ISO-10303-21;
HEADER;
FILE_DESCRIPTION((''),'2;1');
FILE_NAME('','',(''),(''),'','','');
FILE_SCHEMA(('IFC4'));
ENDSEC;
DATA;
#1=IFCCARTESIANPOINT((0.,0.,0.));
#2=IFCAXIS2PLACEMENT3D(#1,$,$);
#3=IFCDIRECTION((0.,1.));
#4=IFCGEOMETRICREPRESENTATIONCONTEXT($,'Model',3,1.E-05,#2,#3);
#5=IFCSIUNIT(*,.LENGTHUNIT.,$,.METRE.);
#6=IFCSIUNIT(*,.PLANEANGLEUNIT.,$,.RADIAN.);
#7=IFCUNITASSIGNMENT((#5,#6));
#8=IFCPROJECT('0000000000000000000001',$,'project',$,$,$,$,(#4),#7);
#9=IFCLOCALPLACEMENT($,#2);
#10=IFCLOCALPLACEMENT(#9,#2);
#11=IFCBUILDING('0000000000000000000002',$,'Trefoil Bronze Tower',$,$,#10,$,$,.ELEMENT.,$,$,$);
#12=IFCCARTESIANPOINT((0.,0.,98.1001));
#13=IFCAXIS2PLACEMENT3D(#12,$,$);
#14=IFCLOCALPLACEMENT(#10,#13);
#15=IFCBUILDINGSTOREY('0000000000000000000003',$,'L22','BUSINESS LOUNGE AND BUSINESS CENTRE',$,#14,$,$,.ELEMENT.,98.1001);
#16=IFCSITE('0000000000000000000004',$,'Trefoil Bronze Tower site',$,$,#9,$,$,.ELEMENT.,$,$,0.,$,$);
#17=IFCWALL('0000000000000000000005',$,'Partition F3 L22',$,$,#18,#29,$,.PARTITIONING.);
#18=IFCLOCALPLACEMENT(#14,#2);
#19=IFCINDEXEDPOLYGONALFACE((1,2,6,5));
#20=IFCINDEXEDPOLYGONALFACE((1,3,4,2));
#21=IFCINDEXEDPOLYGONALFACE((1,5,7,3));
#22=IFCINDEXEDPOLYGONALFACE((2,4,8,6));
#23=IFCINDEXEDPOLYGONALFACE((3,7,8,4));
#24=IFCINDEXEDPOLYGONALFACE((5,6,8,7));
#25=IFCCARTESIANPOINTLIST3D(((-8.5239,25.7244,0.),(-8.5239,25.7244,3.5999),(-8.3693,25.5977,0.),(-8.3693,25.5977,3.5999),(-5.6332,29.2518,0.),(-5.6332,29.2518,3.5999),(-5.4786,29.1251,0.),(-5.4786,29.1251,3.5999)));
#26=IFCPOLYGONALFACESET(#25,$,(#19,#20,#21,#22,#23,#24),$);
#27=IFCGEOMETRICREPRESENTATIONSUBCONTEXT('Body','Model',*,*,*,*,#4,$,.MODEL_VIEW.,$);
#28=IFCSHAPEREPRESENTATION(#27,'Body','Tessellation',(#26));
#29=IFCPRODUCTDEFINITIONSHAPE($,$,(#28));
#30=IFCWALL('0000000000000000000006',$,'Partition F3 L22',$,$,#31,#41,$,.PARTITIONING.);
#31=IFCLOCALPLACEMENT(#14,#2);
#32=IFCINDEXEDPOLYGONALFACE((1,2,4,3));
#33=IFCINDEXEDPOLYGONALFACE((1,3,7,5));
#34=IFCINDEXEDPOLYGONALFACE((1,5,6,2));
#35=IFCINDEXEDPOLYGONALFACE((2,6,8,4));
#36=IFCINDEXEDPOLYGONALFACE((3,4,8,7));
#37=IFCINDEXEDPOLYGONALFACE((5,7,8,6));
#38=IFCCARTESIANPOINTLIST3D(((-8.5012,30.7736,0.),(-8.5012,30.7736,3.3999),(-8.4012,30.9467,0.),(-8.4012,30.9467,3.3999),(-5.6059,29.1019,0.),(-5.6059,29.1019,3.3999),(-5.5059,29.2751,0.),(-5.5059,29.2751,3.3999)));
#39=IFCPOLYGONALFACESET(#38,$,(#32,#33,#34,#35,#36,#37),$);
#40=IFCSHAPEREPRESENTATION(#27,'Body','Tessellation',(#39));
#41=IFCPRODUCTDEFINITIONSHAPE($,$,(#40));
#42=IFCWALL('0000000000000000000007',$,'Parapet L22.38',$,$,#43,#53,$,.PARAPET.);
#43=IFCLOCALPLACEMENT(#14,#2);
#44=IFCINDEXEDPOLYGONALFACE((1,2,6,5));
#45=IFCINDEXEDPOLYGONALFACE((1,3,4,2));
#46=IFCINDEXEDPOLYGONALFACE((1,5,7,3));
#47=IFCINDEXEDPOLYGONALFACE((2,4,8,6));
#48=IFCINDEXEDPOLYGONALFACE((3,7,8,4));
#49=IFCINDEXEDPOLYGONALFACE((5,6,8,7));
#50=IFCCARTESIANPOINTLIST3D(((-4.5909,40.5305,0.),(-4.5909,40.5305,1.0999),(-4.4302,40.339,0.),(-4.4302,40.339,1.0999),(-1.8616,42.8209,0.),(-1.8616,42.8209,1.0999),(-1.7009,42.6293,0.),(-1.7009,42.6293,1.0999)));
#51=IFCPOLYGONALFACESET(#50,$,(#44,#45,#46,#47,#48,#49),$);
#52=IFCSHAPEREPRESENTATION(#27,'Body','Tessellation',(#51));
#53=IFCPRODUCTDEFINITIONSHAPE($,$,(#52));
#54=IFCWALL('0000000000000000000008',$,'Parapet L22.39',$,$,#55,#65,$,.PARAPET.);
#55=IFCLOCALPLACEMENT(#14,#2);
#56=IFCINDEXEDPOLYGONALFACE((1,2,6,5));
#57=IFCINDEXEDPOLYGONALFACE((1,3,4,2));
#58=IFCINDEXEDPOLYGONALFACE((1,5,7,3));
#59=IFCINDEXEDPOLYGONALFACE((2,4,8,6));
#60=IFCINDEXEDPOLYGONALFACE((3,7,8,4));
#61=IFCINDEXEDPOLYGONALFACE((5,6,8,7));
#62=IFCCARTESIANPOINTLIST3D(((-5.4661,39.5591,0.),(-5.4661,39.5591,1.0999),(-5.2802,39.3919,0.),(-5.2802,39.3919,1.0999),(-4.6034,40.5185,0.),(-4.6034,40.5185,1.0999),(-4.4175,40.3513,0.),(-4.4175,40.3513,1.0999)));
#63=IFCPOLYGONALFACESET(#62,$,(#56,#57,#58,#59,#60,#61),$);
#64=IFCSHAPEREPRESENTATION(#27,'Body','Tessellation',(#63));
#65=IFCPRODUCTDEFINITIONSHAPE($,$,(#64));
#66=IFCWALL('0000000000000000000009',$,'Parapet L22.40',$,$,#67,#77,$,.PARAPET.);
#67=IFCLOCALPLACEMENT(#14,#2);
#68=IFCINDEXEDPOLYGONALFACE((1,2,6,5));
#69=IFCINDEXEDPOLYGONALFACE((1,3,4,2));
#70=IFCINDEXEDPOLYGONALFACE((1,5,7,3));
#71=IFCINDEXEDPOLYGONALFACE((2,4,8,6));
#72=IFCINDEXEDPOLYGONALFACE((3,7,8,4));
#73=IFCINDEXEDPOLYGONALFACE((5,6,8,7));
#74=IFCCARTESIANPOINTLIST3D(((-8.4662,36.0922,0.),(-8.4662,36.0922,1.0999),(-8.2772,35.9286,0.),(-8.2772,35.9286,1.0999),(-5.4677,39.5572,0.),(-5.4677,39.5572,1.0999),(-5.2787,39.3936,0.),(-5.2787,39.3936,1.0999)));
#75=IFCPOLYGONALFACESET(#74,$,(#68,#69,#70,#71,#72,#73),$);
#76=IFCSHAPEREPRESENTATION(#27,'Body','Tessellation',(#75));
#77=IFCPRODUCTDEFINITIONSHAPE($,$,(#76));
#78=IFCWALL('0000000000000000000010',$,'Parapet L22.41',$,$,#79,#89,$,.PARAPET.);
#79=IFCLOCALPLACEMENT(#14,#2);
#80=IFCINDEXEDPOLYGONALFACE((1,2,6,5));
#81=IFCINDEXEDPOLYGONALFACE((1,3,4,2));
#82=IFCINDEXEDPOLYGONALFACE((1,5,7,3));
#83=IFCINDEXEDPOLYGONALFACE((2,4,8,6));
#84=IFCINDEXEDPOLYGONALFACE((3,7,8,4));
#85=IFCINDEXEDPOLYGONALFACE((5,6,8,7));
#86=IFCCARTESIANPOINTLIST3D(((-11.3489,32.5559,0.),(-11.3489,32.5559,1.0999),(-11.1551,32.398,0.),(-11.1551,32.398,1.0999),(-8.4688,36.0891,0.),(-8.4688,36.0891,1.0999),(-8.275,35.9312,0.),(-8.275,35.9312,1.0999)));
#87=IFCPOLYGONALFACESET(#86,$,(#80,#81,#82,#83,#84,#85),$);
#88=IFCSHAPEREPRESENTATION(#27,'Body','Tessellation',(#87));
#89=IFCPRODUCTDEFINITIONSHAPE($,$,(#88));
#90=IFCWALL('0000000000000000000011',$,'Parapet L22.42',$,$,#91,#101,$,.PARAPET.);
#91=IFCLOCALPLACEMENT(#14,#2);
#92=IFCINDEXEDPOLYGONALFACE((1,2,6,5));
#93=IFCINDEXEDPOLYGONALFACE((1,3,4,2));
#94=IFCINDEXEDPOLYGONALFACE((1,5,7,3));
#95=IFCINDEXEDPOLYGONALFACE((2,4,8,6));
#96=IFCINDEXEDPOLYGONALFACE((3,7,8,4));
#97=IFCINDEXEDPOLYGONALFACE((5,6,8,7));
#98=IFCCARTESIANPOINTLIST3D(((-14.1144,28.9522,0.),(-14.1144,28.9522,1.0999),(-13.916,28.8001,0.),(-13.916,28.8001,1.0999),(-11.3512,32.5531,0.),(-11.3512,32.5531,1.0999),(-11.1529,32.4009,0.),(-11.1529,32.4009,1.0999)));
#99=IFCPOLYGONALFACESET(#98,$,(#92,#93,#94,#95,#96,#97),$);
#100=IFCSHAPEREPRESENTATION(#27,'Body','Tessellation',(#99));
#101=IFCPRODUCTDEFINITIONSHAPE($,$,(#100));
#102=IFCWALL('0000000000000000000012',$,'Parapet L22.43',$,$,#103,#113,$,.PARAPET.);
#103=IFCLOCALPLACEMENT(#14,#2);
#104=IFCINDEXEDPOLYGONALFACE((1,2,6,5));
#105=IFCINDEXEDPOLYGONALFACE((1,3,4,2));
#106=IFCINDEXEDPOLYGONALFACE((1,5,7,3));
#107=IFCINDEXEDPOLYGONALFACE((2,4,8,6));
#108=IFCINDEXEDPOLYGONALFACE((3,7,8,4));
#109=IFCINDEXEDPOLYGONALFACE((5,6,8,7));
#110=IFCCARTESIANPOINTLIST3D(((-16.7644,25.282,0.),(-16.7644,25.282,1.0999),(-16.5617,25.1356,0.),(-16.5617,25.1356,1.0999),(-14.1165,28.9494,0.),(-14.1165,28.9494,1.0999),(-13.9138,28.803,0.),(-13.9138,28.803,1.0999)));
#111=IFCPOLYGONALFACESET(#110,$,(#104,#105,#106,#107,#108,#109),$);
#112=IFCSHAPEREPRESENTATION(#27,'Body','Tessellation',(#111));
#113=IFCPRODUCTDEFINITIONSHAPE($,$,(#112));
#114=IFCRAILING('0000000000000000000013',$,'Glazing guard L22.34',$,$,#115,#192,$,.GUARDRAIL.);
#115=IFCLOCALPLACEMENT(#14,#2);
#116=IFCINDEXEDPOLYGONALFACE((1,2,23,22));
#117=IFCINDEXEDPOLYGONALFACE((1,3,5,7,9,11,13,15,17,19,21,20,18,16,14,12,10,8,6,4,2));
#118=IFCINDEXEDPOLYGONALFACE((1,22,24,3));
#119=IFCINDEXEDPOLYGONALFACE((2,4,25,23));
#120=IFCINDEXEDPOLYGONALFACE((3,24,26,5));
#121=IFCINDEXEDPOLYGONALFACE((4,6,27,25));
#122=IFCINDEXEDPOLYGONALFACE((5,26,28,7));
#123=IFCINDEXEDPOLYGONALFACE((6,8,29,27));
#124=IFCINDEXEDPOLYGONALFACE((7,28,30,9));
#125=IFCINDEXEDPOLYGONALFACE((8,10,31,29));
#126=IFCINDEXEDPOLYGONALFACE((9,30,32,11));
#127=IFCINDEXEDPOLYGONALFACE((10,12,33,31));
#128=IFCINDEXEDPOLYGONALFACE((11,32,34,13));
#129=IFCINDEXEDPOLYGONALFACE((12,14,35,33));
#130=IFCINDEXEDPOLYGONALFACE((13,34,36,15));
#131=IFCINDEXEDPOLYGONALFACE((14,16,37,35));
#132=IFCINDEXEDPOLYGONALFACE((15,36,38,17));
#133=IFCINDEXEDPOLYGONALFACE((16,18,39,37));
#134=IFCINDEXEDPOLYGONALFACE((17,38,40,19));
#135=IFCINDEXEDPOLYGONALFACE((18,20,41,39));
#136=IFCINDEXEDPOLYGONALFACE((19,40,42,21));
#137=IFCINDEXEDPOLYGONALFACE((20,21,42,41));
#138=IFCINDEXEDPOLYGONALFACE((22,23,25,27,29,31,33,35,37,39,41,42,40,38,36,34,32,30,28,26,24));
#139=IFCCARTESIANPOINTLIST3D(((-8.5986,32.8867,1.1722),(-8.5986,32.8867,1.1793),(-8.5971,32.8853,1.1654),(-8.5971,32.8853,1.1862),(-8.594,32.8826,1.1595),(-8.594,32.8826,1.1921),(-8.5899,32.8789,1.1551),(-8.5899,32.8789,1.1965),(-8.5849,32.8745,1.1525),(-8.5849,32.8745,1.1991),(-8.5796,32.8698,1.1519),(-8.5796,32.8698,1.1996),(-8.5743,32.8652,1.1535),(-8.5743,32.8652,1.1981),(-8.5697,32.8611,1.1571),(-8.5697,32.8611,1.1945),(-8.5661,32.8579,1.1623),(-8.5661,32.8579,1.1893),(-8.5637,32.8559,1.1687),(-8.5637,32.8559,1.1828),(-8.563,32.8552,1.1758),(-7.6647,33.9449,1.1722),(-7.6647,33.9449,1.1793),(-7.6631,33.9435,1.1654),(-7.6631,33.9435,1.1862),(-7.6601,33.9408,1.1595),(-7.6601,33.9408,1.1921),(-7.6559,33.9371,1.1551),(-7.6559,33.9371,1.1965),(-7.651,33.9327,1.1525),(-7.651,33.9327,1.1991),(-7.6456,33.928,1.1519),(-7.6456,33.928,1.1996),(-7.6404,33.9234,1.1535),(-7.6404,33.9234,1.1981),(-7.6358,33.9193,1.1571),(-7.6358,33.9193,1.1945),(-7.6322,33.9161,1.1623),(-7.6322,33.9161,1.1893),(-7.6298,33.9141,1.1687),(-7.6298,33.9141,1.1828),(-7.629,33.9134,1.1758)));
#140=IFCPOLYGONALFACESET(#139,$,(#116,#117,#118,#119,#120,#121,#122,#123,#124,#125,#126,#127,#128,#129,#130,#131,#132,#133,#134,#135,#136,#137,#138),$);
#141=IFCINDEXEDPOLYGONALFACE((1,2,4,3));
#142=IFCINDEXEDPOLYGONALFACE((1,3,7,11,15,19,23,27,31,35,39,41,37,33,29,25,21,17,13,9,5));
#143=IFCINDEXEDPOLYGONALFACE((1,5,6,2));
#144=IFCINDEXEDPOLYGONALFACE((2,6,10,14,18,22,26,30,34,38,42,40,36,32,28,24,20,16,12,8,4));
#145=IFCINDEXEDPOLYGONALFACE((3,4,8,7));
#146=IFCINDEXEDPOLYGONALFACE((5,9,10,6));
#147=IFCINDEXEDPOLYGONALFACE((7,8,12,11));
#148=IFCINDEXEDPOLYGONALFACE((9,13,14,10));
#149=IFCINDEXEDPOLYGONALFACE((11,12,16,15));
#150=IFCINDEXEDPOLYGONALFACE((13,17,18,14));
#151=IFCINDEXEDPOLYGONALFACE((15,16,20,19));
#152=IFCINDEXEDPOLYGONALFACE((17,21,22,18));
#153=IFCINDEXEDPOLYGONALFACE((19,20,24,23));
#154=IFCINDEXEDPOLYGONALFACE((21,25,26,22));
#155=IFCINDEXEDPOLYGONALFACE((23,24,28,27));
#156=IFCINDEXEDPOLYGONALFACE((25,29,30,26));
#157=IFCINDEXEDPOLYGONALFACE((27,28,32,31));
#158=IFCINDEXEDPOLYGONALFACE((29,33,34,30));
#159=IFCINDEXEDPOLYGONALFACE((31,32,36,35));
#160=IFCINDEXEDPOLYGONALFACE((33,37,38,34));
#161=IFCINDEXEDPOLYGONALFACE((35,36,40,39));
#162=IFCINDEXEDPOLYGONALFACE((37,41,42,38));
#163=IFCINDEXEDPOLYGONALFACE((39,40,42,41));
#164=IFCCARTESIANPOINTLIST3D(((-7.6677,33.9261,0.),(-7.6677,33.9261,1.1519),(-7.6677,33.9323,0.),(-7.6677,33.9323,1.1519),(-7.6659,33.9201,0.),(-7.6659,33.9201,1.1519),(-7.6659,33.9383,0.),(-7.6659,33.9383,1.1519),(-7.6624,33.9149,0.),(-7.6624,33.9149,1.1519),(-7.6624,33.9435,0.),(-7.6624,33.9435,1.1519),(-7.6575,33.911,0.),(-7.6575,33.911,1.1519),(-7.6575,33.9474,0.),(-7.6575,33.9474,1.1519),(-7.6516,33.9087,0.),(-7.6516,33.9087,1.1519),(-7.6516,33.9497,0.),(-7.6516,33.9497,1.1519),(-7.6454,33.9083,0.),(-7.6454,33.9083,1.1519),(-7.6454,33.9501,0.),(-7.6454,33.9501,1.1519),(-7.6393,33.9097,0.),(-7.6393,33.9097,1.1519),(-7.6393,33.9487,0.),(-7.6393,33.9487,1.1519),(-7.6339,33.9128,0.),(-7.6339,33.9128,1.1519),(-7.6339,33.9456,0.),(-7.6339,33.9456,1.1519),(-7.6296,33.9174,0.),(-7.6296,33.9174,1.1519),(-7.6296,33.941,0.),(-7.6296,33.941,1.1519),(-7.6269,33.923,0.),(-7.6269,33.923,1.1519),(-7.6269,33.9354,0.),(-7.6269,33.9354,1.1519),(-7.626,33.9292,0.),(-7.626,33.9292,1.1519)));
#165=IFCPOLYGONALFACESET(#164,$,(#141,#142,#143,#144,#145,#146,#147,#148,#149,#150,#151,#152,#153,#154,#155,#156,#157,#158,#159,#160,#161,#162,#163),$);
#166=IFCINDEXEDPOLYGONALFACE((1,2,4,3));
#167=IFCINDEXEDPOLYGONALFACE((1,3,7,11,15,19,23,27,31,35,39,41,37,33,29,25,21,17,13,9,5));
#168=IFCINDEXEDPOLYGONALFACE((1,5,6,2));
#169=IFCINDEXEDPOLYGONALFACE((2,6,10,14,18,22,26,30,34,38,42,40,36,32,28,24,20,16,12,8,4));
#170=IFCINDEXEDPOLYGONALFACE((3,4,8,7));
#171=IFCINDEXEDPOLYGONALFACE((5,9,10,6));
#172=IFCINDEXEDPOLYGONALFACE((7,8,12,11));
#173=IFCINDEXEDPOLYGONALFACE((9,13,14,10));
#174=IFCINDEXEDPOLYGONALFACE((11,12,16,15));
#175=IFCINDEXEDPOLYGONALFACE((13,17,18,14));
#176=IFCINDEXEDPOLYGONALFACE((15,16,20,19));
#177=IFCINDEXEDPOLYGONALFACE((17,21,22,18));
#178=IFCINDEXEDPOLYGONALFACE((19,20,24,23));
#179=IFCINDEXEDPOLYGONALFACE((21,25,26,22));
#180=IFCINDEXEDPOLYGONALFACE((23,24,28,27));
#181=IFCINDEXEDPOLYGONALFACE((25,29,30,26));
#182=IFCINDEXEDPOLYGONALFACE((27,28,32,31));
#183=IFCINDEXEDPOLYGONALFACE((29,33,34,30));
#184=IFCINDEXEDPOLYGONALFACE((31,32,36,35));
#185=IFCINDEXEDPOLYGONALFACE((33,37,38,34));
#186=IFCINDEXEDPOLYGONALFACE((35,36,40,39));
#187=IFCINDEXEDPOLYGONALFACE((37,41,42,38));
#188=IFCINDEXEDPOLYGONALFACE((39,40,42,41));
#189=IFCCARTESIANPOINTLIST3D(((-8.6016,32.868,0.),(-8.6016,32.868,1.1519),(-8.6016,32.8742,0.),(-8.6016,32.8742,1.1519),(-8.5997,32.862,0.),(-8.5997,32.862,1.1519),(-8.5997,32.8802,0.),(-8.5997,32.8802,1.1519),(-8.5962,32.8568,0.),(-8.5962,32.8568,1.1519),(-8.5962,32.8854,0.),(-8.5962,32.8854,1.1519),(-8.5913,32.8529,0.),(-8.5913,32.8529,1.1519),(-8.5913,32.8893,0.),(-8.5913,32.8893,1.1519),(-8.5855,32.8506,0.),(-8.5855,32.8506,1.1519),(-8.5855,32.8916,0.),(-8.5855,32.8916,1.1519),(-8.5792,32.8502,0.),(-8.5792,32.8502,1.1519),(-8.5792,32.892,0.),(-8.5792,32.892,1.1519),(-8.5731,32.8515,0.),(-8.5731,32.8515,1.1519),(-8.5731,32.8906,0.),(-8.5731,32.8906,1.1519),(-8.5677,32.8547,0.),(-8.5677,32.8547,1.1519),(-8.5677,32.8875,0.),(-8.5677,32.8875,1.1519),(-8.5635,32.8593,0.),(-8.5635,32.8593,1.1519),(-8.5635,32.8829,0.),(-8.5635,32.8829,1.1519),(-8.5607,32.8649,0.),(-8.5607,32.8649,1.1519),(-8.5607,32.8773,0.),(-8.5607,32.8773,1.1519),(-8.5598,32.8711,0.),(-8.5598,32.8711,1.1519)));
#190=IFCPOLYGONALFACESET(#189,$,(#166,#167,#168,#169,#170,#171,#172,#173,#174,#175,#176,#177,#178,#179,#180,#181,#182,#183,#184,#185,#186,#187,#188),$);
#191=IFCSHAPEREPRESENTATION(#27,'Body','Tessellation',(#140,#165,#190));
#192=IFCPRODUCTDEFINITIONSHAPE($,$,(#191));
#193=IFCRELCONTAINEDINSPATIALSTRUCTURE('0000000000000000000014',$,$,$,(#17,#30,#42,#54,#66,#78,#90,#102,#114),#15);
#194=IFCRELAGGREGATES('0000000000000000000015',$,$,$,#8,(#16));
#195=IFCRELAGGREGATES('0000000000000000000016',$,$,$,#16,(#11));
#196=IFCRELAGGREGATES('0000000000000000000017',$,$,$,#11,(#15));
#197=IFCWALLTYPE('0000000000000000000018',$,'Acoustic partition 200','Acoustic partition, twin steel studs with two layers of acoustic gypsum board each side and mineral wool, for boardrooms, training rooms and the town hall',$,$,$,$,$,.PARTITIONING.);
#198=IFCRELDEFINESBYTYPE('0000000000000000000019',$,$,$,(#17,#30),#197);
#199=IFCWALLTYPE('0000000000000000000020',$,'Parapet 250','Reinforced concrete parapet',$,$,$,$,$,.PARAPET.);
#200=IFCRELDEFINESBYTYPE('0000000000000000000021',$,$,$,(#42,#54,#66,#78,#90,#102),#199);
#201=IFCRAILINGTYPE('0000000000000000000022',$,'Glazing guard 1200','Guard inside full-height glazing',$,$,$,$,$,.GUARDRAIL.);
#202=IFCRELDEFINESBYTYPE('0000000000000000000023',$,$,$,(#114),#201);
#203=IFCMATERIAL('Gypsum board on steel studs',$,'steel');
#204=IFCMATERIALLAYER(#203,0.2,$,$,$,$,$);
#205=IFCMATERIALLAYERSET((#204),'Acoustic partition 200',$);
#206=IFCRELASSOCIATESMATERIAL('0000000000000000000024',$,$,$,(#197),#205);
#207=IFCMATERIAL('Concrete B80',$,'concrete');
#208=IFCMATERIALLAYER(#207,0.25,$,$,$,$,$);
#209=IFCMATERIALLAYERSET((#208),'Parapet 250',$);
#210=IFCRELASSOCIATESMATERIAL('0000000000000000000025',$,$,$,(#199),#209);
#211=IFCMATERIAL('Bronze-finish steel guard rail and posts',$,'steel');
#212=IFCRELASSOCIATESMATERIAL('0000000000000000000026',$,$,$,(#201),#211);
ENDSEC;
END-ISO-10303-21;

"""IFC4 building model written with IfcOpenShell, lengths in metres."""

from ifc_helpers import new_model, si_unit, direction, frame, frame_2d, origin, origin_2d, place, context, subcontext, project, spatial, rectangle, circle, extrude, material, layer, layer_set, type_object, element, save


model = new_model("IFC4")

# Units and contexts
model_context = context("Model", 3, precision=1e-05, world=origin(), true_north=direction((0.0, 1.0)))
body_context = subcontext(model_context, "Body", "Model", "MODEL_VIEW")
ifc_project = project(units=[si_unit("LENGTHUNIT", "METRE"), si_unit("PLANEANGLEUNIT", "RADIAN")], contexts=[model_context])

# Site, building, storey
site_placement = place(None, origin())
site = spatial("IfcSite", under=ifc_project, at=site_placement, Name="Trefoil Bronze Tower site", CompositionType="ELEMENT", RefElevation=0.0)
building_placement = place(site_placement, origin())
building = spatial("IfcBuilding", under=site, at=building_placement, Name="Trefoil Bronze Tower", CompositionType="ELEMENT")
storey_placement = place(building_placement, frame((0.0, 0.0, 98.1001)))
storey = spatial("IfcBuildingStorey", under=building, at=storey_placement, Name="L22", Description="BUSINESS LOUNGE AND BUSINESS CENTRE", CompositionType="ELEMENT", Elevation=98.1001)

# Walls
ifc_material_1 = material(Name="Gypsum board on steel studs", Category="steel")
ifc_layer_1 = layer(ifc_material_1, 0.2)
ifc_layer_set_1 = layer_set([ifc_layer_1], Name="Acoustic partition 200")
wall_type_1 = type_object("IfcWallType", Name="Acoustic partition 200", Description="Acoustic partition, twin steel studs with two layers of acoustic gypsum board each side and mineral wool, for boardrooms, training rooms and the town hall", PredefinedType="PARTITIONING", material=ifc_layer_set_1)
wall_1_placement = place(storey_placement, frame((-5.5559, 29.1885, 0.0), z_axis=(0.0, 0.0, 1.0), x_axis=(-0.633844, -0.773461, 0.0)))
element("IfcWall", 1, at=wall_1_placement, inside=storey, type_object=wall_type_1, Name="Partition F3 L22", PredefinedType="PARTITIONING", context=body_context, shape_type="SweptSolid", body=[
    extrude(rectangle(XDim=4.5605, YDim=0.2, at=frame_2d((2.2803, 0.0))), origin(), (0.0, 0.0, 1.0), 3.5999),
])
wall_2_placement = place(storey_placement, frame((-5.5559, 29.1885, 0.0), z_axis=(0.0, 0.0, 1.0), x_axis=(-0.866019, 0.500011, 0.0)))
element("IfcWall", 2, at=wall_2_placement, inside=storey, type_object=wall_type_1, Name="Partition F3 L22", PredefinedType="PARTITIONING", context=body_context, shape_type="SweptSolid", body=[
    extrude(rectangle(XDim=3.3433, YDim=0.2, at=frame_2d((1.6716, 0.0))), origin(), (0.0, 0.0, 1.0), 3.3999),
])
ifc_material_2 = material(Name="Concrete B80", Category="concrete")
ifc_layer_2 = layer(ifc_material_2, 0.25)
ifc_layer_set_2 = layer_set([ifc_layer_2], Name="Parapet 250")
wall_type_2 = type_object("IfcWallType", Name="Parapet 250", Description="Reinforced concrete parapet", PredefinedType="PARAPET", material=ifc_layer_set_2)
wall_3_placement = place(storey_placement, frame((-1.7812, 42.7251, 0.0), z_axis=(0.0, 0.0, 1.0), x_axis=(-0.766021, -0.642816, 0.0)))
element("IfcWall", 3, at=wall_3_placement, inside=storey, type_object=wall_type_2, Name="Parapet L22.38", PredefinedType="PARAPET", context=body_context, shape_type="SweptSolid", body=[
    extrude(rectangle(XDim=3.563, YDim=0.25, at=frame_2d((1.7815, 0.0))), origin(), (0.0, 0.0, 1.0), 1.0999),
])
wall_4_placement = place(storey_placement, frame((-4.5105, 40.4348, 0.0), z_axis=(0.0, 0.0, 1.0), x_axis=(-0.668651, -0.743576, 0.0)))
element("IfcWall", 4, at=wall_4_placement, inside=storey, type_object=wall_type_2, Name="Parapet L22.39", PredefinedType="PARAPET", context=body_context, shape_type="SweptSolid", body=[
    extrude(rectangle(XDim=1.2903, YDim=0.25, at=frame_2d((0.645, 0.0))), origin(), (0.0, 0.0, 1.0), 1.0999),
])
wall_5_placement = place(storey_placement, frame((-5.3733, 39.4753, 0.0), z_axis=(0.0, 0.0, 1.0), x_axis=(-0.654364, -0.756179, 0.0)))
element("IfcWall", 5, at=wall_5_placement, inside=storey, type_object=wall_type_2, Name="Parapet L22.40", PredefinedType="PARAPET", context=body_context, shape_type="SweptSolid", body=[
    extrude(rectangle(XDim=4.5823, YDim=0.25, at=frame_2d((2.291, 0.0))), origin(), (0.0, 0.0, 1.0), 1.0999),
])
wall_6_placement = place(storey_placement, frame((-8.3718, 36.0103, 0.0), z_axis=(0.0, 0.0, 1.0), x_axis=(-0.631834, -0.775104, 0.0)))
element("IfcWall", 6, at=wall_6_placement, inside=storey, type_object=wall_type_2, Name="Parapet L22.41", PredefinedType="PARAPET", context=body_context, shape_type="SweptSolid", body=[
    extrude(rectangle(XDim=4.5583, YDim=0.25, at=frame_2d((2.2793, 0.0))), origin(), (0.0, 0.0, 1.0), 1.0999),
])
wall_7_placement = place(storey_placement, frame((-11.252, 32.4771, 0.0), z_axis=(0.0, 0.0, 1.0), x_axis=(-0.608785, -0.793335, 0.0)))
element("IfcWall", 7, at=wall_7_placement, inside=storey, type_object=wall_type_2, Name="Parapet L22.42", PredefinedType="PARAPET", context=body_context, shape_type="SweptSolid", body=[
    extrude(rectangle(XDim=4.5388, YDim=0.25, at=frame_2d((2.2695, 0.0))), origin(), (0.0, 0.0, 1.0), 1.0999),
])
wall_8_placement = place(storey_placement, frame((-14.0151, 28.8762, 0.0), z_axis=(0.0, 0.0, 1.0), x_axis=(-0.585376, -0.810762, 0.0)))
element("IfcWall", 8, at=wall_8_placement, inside=storey, type_object=wall_type_2, Name="Parapet L22.43", PredefinedType="PARAPET", context=body_context, shape_type="SweptSolid", body=[
    extrude(rectangle(XDim=4.5234, YDim=0.25, at=frame_2d((2.2617, 0.0))), origin(), (0.0, 0.0, 1.0), 1.0999),
])

# Railing
ifc_material_3 = material(Name="Bronze-finish steel guard rail and posts", Category="steel")
railing_type = type_object("IfcRailingType", Name="Glazing guard 1200", Description="Guard inside full-height glazing", PredefinedType="GUARDRAIL", material=ifc_material_3)
railing_1_placement = place(storey_placement, frame((-7.647, 33.9292, 0.0)))
element("IfcRailing", 9, at=railing_1_placement, inside=storey, type_object=railing_type, Name="Glazing guard L22.34", PredefinedType="GUARDRAIL", context=body_context, shape_type="SweptSolid", body=[
    extrude(circle(Radius=0.0239, at=origin_2d()), frame((0.0, 0.0, 1.1758), z_axis=(-0.661707, -0.749762, 0.0), x_axis=(0.749762, -0.661707, 0.0)), (0.0, 0.0, 1.0), 1.4114),
    extrude(circle(Radius=0.021, at=origin_2d()), origin(), (0.0, 0.0, 1.0), 1.1519),
    extrude(circle(Radius=0.021, at=origin_2d()), frame((-0.9338, -1.0581, 0.0)), (0.0, 0.0, 1.0), 1.1519),
])

save(model, "model.ifc")
